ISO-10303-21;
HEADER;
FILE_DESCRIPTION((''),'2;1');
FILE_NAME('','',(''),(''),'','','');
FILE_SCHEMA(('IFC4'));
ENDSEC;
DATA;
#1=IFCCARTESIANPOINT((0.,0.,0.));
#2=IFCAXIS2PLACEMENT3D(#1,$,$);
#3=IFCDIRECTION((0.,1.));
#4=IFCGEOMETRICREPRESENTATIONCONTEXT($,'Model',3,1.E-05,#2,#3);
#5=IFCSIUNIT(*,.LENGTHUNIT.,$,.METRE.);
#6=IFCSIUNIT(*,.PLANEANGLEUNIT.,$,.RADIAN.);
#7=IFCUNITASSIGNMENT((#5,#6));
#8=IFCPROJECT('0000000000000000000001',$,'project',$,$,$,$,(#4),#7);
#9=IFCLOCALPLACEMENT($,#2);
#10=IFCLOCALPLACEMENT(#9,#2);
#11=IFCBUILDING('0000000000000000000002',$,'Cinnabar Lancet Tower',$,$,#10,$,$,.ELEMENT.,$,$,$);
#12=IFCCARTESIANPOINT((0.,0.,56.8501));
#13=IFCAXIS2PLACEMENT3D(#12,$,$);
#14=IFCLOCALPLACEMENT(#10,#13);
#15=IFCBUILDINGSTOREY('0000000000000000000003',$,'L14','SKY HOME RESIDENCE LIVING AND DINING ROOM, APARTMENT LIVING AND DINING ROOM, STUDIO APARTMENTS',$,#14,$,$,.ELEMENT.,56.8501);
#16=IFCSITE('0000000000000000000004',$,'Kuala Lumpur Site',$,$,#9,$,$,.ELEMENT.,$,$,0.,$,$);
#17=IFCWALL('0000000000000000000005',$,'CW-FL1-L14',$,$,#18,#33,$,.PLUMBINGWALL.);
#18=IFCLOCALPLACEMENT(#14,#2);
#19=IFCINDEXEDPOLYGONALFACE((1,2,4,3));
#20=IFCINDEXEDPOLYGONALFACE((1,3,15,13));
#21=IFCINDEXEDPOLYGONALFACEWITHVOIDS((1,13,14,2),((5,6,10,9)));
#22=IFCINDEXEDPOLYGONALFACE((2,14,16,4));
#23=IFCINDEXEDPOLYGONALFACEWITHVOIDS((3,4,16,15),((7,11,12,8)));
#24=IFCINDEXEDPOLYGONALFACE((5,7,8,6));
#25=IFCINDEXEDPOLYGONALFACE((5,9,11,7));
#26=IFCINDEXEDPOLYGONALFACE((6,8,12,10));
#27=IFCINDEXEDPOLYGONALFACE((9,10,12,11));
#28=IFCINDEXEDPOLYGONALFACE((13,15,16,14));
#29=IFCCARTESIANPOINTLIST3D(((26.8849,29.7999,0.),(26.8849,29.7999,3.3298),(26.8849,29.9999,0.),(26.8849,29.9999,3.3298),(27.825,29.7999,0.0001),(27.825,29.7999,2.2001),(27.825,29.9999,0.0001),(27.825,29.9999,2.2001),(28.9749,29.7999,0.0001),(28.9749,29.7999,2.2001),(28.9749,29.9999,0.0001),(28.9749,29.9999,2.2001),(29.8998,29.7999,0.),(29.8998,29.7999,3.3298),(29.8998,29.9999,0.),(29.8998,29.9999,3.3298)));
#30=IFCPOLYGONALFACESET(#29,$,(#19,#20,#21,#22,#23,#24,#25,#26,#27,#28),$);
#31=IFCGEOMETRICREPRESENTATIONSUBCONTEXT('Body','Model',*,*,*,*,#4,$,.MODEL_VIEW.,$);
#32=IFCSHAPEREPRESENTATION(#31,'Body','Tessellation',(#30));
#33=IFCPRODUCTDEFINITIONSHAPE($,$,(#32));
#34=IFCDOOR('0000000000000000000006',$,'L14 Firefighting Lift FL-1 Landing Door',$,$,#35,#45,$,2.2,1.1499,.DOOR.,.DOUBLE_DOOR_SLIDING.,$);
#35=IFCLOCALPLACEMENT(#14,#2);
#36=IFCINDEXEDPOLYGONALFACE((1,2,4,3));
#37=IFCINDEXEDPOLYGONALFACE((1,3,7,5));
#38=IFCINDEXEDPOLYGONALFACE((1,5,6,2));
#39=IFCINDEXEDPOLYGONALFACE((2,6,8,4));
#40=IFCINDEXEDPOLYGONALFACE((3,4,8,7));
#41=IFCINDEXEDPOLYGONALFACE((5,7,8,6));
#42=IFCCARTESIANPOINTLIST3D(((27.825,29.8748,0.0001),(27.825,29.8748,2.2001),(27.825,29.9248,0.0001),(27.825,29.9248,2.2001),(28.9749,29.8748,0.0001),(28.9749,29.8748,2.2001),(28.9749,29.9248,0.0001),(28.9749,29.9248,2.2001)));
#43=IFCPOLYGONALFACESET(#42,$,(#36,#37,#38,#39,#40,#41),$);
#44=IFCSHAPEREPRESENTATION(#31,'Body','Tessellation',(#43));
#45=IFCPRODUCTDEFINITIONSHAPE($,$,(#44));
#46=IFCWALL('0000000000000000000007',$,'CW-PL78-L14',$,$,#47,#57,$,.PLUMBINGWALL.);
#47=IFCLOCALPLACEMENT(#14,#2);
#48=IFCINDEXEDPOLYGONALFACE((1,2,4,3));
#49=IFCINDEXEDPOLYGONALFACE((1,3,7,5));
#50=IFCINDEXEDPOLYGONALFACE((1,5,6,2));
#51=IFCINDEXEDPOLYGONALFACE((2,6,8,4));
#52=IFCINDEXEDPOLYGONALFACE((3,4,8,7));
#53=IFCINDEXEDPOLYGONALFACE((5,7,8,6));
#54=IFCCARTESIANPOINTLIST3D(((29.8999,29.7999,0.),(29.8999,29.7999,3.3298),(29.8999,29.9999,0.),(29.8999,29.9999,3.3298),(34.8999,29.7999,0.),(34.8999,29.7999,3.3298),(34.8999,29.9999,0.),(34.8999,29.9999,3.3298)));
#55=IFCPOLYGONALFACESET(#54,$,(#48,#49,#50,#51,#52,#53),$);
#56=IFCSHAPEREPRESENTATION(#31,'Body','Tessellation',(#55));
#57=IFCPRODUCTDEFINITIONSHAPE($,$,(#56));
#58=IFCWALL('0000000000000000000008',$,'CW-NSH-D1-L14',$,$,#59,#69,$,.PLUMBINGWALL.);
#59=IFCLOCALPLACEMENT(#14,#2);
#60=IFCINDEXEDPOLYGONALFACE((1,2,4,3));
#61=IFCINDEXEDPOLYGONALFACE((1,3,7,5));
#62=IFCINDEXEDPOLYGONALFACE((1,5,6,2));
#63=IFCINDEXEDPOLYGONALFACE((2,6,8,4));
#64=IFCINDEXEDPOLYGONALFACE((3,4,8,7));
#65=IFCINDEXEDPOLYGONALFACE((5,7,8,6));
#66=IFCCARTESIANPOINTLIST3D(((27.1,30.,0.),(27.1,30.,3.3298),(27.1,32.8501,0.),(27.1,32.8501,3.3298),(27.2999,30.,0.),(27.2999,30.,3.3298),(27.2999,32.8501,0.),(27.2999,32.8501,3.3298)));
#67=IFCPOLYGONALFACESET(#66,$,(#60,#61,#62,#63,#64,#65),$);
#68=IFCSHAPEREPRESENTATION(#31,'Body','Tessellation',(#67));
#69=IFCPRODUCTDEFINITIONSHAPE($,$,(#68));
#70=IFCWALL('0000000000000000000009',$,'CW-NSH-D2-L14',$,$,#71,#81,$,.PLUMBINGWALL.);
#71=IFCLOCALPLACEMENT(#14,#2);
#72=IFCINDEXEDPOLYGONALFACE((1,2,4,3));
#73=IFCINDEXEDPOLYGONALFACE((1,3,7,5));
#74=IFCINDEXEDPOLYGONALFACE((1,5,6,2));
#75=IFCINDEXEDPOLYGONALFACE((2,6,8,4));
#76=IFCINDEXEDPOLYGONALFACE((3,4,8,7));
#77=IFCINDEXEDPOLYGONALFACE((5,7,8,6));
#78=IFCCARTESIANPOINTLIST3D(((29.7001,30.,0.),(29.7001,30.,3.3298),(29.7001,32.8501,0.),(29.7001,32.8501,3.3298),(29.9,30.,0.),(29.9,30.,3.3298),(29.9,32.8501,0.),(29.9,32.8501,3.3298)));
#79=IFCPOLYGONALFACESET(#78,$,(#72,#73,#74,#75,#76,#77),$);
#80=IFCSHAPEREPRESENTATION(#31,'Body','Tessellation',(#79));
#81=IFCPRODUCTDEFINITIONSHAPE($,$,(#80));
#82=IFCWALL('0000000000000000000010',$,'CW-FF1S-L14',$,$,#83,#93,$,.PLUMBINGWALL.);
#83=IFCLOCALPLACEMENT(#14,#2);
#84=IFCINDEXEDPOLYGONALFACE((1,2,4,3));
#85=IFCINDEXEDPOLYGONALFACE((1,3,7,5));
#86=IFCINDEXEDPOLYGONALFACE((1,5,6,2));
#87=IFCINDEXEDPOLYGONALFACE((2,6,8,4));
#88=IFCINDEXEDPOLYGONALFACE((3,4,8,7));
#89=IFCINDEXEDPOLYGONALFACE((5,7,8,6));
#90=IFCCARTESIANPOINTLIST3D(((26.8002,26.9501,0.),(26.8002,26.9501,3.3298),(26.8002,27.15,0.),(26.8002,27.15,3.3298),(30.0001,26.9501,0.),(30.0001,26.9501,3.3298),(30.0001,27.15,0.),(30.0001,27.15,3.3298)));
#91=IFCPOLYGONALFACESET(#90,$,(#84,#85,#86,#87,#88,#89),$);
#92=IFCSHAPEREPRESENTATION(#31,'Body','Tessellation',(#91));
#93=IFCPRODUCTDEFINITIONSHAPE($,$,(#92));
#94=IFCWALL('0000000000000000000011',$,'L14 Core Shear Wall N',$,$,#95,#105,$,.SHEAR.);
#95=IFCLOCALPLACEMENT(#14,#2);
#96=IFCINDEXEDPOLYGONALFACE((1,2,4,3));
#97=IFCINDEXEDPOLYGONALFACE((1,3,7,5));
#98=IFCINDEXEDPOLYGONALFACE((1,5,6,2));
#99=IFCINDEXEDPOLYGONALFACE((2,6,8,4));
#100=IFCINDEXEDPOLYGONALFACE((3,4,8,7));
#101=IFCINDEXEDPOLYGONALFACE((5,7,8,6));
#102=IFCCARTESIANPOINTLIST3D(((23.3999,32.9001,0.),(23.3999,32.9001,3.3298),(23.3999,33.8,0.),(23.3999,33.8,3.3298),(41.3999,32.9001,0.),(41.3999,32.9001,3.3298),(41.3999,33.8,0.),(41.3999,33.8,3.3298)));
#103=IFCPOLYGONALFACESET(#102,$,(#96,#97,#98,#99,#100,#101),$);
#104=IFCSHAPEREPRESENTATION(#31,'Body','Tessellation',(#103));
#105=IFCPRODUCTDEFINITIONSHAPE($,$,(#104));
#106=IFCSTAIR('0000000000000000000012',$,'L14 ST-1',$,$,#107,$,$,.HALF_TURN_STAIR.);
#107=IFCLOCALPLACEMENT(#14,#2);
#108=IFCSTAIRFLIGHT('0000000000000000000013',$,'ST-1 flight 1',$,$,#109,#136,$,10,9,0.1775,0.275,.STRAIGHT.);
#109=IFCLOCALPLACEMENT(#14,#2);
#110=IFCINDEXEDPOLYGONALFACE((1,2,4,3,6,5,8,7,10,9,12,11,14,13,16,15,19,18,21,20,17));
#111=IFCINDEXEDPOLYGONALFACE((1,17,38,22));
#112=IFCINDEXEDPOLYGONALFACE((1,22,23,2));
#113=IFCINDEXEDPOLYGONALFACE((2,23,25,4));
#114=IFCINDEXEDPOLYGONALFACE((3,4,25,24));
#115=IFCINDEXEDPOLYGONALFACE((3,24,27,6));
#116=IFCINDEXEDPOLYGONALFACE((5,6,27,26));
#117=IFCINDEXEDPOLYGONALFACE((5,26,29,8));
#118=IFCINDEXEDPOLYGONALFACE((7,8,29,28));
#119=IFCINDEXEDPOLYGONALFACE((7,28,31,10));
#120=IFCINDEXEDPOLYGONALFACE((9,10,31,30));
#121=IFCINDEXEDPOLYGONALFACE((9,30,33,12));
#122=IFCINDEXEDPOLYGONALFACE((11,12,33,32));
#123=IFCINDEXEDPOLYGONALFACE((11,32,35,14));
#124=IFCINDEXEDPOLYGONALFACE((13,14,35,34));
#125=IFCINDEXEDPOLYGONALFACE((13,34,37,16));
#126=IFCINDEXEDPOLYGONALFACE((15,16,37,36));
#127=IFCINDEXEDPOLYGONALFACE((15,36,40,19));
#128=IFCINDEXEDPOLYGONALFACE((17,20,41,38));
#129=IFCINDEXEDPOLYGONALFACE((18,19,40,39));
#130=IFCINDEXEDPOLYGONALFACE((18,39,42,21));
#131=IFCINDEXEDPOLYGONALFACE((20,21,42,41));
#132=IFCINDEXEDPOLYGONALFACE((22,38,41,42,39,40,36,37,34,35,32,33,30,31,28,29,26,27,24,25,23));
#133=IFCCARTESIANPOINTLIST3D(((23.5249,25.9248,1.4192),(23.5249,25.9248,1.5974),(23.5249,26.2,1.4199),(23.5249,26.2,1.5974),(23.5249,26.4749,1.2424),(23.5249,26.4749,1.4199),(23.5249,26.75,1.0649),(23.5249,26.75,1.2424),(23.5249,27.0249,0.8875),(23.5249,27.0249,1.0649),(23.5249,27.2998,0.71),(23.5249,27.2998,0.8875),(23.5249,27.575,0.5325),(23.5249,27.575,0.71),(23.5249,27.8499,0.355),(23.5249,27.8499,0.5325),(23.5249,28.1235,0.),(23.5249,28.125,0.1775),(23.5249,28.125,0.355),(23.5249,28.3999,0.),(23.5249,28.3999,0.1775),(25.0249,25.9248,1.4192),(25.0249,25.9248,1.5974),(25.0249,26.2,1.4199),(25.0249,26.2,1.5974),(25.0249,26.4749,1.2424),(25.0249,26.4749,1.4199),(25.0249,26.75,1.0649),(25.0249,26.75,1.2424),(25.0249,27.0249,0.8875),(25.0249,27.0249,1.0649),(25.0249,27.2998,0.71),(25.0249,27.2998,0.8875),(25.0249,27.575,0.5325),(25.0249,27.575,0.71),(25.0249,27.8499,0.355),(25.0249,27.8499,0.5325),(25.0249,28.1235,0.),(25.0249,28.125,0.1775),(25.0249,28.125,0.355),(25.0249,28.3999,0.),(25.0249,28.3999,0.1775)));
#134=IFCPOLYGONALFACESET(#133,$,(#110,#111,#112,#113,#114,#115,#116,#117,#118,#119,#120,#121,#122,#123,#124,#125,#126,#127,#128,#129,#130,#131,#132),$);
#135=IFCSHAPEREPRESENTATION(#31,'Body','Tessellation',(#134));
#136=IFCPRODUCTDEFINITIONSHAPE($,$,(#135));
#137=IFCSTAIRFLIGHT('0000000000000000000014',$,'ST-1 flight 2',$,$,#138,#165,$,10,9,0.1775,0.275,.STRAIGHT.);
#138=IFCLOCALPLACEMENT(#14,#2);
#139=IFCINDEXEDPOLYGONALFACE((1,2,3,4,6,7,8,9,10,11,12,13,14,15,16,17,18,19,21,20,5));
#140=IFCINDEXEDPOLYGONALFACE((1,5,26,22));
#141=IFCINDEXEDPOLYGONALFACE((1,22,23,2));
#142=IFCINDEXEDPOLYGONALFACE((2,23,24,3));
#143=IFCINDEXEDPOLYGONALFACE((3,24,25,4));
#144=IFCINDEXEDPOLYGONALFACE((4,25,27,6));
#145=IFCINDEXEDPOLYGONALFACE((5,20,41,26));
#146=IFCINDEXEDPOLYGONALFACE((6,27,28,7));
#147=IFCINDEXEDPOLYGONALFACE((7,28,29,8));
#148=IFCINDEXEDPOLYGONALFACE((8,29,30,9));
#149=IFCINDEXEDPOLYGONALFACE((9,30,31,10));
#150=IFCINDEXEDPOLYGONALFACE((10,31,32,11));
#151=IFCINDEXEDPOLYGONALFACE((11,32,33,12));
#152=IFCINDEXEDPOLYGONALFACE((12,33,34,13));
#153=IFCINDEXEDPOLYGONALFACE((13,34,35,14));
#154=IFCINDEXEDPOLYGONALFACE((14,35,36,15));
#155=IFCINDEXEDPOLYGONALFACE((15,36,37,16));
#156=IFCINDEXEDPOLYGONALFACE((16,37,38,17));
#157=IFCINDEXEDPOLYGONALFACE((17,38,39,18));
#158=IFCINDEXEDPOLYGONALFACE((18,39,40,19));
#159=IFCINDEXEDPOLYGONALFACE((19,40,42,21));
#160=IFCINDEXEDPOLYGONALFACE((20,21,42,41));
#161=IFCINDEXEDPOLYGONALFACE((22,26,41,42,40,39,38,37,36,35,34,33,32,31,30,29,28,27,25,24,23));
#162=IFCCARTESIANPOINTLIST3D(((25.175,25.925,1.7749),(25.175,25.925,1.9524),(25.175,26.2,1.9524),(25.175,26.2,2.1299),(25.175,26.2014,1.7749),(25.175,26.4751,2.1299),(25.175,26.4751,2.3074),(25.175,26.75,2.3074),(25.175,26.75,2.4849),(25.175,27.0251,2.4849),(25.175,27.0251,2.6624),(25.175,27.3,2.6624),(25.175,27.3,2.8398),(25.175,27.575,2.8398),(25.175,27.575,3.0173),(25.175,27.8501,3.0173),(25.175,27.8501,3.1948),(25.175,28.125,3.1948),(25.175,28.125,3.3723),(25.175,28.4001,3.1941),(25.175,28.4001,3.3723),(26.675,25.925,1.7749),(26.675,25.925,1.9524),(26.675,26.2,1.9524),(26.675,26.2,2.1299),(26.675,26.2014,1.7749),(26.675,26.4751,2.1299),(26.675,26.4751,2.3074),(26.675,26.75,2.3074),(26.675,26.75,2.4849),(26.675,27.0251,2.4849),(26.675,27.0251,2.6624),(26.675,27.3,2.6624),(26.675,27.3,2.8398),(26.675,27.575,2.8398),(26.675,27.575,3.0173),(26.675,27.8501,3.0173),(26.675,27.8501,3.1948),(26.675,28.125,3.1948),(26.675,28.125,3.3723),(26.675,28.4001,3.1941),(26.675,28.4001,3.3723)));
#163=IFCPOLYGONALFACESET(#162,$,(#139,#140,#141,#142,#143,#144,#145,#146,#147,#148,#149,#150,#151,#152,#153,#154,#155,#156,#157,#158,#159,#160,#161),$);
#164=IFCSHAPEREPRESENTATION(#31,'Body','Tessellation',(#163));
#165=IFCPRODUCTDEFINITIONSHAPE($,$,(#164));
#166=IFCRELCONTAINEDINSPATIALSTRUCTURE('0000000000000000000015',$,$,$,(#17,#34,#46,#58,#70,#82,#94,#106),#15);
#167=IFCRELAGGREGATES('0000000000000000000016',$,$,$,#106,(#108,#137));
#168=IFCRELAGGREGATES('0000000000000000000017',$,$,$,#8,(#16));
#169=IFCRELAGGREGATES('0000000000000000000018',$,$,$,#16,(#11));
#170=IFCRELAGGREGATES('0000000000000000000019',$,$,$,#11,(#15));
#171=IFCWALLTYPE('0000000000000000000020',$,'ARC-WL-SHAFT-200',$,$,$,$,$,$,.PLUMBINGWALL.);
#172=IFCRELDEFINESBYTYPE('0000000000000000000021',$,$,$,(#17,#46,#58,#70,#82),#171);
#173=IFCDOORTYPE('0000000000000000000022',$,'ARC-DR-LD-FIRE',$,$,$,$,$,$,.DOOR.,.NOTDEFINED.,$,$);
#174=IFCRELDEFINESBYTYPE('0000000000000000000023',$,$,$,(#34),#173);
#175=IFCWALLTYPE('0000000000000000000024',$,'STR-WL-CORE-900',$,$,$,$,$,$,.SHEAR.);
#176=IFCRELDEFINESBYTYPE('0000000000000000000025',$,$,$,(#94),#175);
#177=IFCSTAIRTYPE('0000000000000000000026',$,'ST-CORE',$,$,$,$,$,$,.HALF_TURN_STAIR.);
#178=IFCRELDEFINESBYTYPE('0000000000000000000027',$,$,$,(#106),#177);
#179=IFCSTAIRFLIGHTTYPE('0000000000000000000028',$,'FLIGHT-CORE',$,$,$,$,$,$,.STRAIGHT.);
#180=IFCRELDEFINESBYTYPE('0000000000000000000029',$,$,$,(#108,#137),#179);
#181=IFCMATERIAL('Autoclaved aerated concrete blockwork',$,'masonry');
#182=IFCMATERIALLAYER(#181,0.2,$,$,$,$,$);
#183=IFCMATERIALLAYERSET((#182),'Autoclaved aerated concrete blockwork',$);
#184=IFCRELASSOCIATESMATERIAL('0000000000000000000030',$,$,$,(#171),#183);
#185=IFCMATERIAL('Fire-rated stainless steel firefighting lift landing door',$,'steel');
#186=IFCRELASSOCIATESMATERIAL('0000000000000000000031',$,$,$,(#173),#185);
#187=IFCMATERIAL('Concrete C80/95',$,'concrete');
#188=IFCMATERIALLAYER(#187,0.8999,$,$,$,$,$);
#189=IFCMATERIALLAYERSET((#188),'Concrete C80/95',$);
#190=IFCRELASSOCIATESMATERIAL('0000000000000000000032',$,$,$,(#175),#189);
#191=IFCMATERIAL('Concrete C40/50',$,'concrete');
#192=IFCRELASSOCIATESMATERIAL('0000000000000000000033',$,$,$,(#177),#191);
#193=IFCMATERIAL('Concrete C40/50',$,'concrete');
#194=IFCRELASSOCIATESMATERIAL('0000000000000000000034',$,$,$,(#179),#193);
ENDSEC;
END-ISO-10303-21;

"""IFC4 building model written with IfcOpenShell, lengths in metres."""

from ifc_helpers import new_model, si_unit, direction, frame, frame_2d, origin, place, context, subcontext, project, spatial, polyline, rectangle, outline, extrude, material, layer, layer_set, type_object, element, fill, aggregate, save


model = new_model("IFC4")

# Units and contexts
model_context = context("Model", 3, precision=1e-05, world=origin(), true_north=direction((0.0, 1.0)))
body_context = subcontext(model_context, "Body", "Model", "MODEL_VIEW")
ifc_project = project(units=[si_unit("LENGTHUNIT", "METRE"), si_unit("PLANEANGLEUNIT", "RADIAN")], contexts=[model_context])

# Site, building, storey
site_placement = place(None, origin())
site = spatial("IfcSite", under=ifc_project, at=site_placement, Name="Kuala Lumpur Site", CompositionType="ELEMENT", RefElevation=0.0)
building_placement = place(site_placement, origin())
building = spatial("IfcBuilding", under=site, at=building_placement, Name="Cinnabar Lancet Tower", CompositionType="ELEMENT")
storey_placement = place(building_placement, frame((0.0, 0.0, 56.8501)))
storey = spatial("IfcBuildingStorey", under=building, at=storey_placement, Name="L14", Description="SKY HOME RESIDENCE LIVING AND DINING ROOM, APARTMENT LIVING AND DINING ROOM, STUDIO APARTMENTS", CompositionType="ELEMENT", Elevation=56.8501)

# Wall, opening, door
ifc_material_1 = material(Name="Autoclaved aerated concrete blockwork", Category="masonry")
ifc_layer_1 = layer(ifc_material_1, 0.2)
ifc_layer_set_1 = layer_set([ifc_layer_1], Name="Autoclaved aerated concrete blockwork")
wall_type_1 = type_object("IfcWallType", Name="ARC-WL-SHAFT-200", PredefinedType="PLUMBINGWALL", material=ifc_layer_set_1)
wall_1_placement = place(storey_placement, frame((26.885, 29.8999, 0.0), z_axis=(0.0, 0.0, 1.0), x_axis=(1.0, 0.0, 0.0)))
wall_1 = element("IfcWall", 1, at=wall_1_placement, inside=storey, type_object=wall_type_1, Name="CW-FL1-L14", PredefinedType="PLUMBINGWALL", context=body_context, shape_type="SweptSolid", body=[
    extrude(rectangle(XDim=3.0149, YDim=0.2, at=frame_2d((1.5073, 0.0))), origin(), (0.0, 0.0, 1.0), 3.3298),
])
opening_1_placement = place(wall_1_placement, frame((0.9399, 0.0, 0.0)))
opening_1 = element("IfcOpeningElement", 2, at=opening_1_placement, cuts=wall_1, PredefinedType="OPENING", context=body_context, shape_type="SweptSolid", body=[
    extrude(rectangle(XDim=1.1499, YDim=2.2, at=frame_2d((0.575, 1.1001))), frame((0.0, 0.1099, 0.0), z_axis=(0.0, -1.0, 0.0), x_axis=(1.0, 0.0, 0.0)), (0.0, 0.0, 1.0), 0.22),
])
ifc_material_2 = material(Name="Fire-rated stainless steel firefighting lift landing door", Category="steel")
door_type_1 = type_object("IfcDoorType", Name="ARC-DR-LD-FIRE", OperationType="NOTDEFINED", PredefinedType="DOOR", material=ifc_material_2)
door_1_placement = place(opening_1_placement, origin())
door_1 = element("IfcDoor", 3, at=door_1_placement, inside=storey, type_object=door_type_1, Name="L14 Firefighting Lift FL-1 Landing Door", OperationType="DOUBLE_DOOR_SLIDING", OverallHeight=2.2, OverallWidth=1.1499, PredefinedType="DOOR", context=body_context, shape_type="SweptSolid", body=[
    extrude(rectangle(XDim=1.1499, YDim=2.2, at=frame_2d((0.575, 1.1001))), frame((0.0, 0.0249, 0.0), z_axis=(0.0, -1.0, 0.0), x_axis=(1.0, 0.0, 0.0)), (0.0, 0.0, 1.0), 0.05),
])
fill(opening_1, door_1)

# Walls
wall_2_placement = place(storey_placement, frame((29.8999, 29.8999, 0.0), z_axis=(0.0, 0.0, 1.0), x_axis=(1.0, 0.0, 0.0)))
element("IfcWall", 4, at=wall_2_placement, inside=storey, type_object=wall_type_1, Name="CW-PL78-L14", PredefinedType="PLUMBINGWALL", context=body_context, shape_type="SweptSolid", body=[
    extrude(rectangle(XDim=5.0, YDim=0.2, at=frame_2d((2.5, 0.0))), origin(), (0.0, 0.0, 1.0), 3.3298),
])
for number, where, z_axis, x_axis, name in (
    (5, (27.2, 30.0, 0.0), (0.0, 0.0, 1.0), (0.0, 1.0, 0.0), "CW-NSH-D1-L14"),
    (6, (29.8, 30.0, 0.0), (0.0, 0.0, 1.0), (0.0, 1.0, 0.0), "CW-NSH-D2-L14"),
):
    element("IfcWall", number, at=place(storey_placement, frame(where, z_axis=z_axis, x_axis=x_axis)), inside=storey, type_object=wall_type_1, Name=name, PredefinedType="PLUMBINGWALL", context=body_context, shape_type="SweptSolid", body=[
        extrude(rectangle(XDim=2.8501, YDim=0.2, at=frame_2d((1.425, 0.0))), origin(), (0.0, 0.0, 1.0), 3.3298),
    ])
wall_3_placement = place(storey_placement, frame((26.8, 27.05, 0.0), z_axis=(0.0, 0.0, 1.0), x_axis=(1.0, 0.0, 0.0)))
element("IfcWall", 7, at=wall_3_placement, inside=storey, type_object=wall_type_1, Name="CW-FF1S-L14", PredefinedType="PLUMBINGWALL", context=body_context, shape_type="SweptSolid", body=[
    extrude(rectangle(XDim=3.2, YDim=0.2, at=frame_2d((1.6001, 0.0))), origin(), (0.0, 0.0, 1.0), 3.3298),
])
ifc_material_3 = material(Name="Concrete C80/95", Category="concrete")
ifc_layer_2 = layer(ifc_material_3, 0.8999)
ifc_layer_set_2 = layer_set([ifc_layer_2], Name="Concrete C80/95")
wall_type_2 = type_object("IfcWallType", Name="STR-WL-CORE-900", PredefinedType="SHEAR", material=ifc_layer_set_2)
wall_4_placement = place(storey_placement, frame((23.3999, 33.3501, 0.0), z_axis=(0.0, 0.0, 1.0), x_axis=(1.0, 0.0, 0.0)))
element("IfcWall", 8, at=wall_4_placement, inside=storey, type_object=wall_type_2, Name="L14 Core Shear Wall N", PredefinedType="SHEAR", context=body_context, shape_type="SweptSolid", body=[
    extrude(rectangle(XDim=18.0, YDim=0.8999, at=frame_2d((9.0, 0.0))), origin(), (0.0, 0.0, 1.0), 3.3298),
])

# Stair, stair flights
ifc_material_4 = material(Name="Concrete C40/50", Category="concrete")
stair_type = type_object("IfcStairType", Name="ST-CORE", PredefinedType="HALF_TURN_STAIR", material=ifc_material_4)
stair_placement = place(storey_placement, origin())
stair = element("IfcStair", 9, at=stair_placement, inside=storey, type_object=stair_type, Name="L14 ST-1", PredefinedType="HALF_TURN_STAIR")
ifc_material_5 = material(Name="Concrete C40/50", Category="concrete")
stair_flight_type = type_object("IfcStairFlightType", Name="FLIGHT-CORE", PredefinedType="STRAIGHT", material=ifc_material_5)
stair_flight_1_placement = place(storey_placement, frame((24.2749, 28.3999, 0.0), z_axis=(0.0, 0.0, 1.0), x_axis=(0.0, -1.0, 0.0)))
stair_flight_1 = element("IfcStairFlight", 10, at=stair_flight_1_placement, type_object=stair_flight_type, Name="ST-1 flight 1", NumberOfRisers=10, NumberOfTreads=9, PredefinedType="STRAIGHT", RiserHeight=0.1775, TreadLength=0.275, context=body_context, shape_type="SweptSolid", body=[
    extrude(outline(polyline([(0.0, 0.0), (0.0, 0.1775), (0.2749, 0.1775), (0.2749, 0.355), (0.55, 0.355), (0.55, 0.5325), (0.825, 0.5325), (0.825, 0.71), (1.1001, 0.71), (1.1001, 0.8875), (1.375, 0.8875), (1.375, 1.0649), (1.6499, 1.0649), (1.6499, 1.2424), (1.925, 1.2424), (1.925, 1.4199), (2.2, 1.4199), (2.2, 1.5974), (2.4751, 1.5974), (2.4751, 1.7749), (2.4751, 1.4192), (0.2764, 0.0), (0.0, 0.0)])), frame((0.0, 0.75, 0.0), z_axis=(0.0, -1.0, 0.0), x_axis=(1.0, 0.0, 0.0)), (0.0, 0.0, 1.0), 1.5),
])
stair_flight_2_placement = place(storey_placement, frame((25.925, 25.925, 1.7749), z_axis=(0.0, 0.0, 1.0), x_axis=(0.0, 1.0, 0.0)))
stair_flight_2 = element("IfcStairFlight", 11, at=stair_flight_2_placement, type_object=stair_flight_type, Name="ST-1 flight 2", NumberOfRisers=10, NumberOfTreads=9, PredefinedType="STRAIGHT", RiserHeight=0.1775, TreadLength=0.275, context=body_context, shape_type="SweptSolid", body=[
    extrude(outline(polyline([(0.0, 0.0), (0.0, 0.1775), (0.2749, 0.1775), (0.2749, 0.355), (0.55, 0.355), (0.55, 0.5325), (0.825, 0.5325), (0.825, 0.71), (1.1001, 0.71), (1.1001, 0.8875), (1.375, 0.8875), (1.375, 1.0649), (1.6499, 1.0649), (1.6499, 1.2424), (1.925, 1.2424), (1.925, 1.4199), (2.2, 1.4199), (2.2, 1.5974), (2.4751, 1.5974), (2.4751, 1.7749), (2.4751, 1.4192), (0.2764, 0.0), (0.0, 0.0)])), frame((0.0, 0.75, 0.0), z_axis=(0.0, -1.0, 0.0), x_axis=(1.0, 0.0, 0.0)), (0.0, 0.0, 1.0), 1.5),
])
aggregate(stair, [stair_flight_1, stair_flight_2])

save(model, "model.ifc")
